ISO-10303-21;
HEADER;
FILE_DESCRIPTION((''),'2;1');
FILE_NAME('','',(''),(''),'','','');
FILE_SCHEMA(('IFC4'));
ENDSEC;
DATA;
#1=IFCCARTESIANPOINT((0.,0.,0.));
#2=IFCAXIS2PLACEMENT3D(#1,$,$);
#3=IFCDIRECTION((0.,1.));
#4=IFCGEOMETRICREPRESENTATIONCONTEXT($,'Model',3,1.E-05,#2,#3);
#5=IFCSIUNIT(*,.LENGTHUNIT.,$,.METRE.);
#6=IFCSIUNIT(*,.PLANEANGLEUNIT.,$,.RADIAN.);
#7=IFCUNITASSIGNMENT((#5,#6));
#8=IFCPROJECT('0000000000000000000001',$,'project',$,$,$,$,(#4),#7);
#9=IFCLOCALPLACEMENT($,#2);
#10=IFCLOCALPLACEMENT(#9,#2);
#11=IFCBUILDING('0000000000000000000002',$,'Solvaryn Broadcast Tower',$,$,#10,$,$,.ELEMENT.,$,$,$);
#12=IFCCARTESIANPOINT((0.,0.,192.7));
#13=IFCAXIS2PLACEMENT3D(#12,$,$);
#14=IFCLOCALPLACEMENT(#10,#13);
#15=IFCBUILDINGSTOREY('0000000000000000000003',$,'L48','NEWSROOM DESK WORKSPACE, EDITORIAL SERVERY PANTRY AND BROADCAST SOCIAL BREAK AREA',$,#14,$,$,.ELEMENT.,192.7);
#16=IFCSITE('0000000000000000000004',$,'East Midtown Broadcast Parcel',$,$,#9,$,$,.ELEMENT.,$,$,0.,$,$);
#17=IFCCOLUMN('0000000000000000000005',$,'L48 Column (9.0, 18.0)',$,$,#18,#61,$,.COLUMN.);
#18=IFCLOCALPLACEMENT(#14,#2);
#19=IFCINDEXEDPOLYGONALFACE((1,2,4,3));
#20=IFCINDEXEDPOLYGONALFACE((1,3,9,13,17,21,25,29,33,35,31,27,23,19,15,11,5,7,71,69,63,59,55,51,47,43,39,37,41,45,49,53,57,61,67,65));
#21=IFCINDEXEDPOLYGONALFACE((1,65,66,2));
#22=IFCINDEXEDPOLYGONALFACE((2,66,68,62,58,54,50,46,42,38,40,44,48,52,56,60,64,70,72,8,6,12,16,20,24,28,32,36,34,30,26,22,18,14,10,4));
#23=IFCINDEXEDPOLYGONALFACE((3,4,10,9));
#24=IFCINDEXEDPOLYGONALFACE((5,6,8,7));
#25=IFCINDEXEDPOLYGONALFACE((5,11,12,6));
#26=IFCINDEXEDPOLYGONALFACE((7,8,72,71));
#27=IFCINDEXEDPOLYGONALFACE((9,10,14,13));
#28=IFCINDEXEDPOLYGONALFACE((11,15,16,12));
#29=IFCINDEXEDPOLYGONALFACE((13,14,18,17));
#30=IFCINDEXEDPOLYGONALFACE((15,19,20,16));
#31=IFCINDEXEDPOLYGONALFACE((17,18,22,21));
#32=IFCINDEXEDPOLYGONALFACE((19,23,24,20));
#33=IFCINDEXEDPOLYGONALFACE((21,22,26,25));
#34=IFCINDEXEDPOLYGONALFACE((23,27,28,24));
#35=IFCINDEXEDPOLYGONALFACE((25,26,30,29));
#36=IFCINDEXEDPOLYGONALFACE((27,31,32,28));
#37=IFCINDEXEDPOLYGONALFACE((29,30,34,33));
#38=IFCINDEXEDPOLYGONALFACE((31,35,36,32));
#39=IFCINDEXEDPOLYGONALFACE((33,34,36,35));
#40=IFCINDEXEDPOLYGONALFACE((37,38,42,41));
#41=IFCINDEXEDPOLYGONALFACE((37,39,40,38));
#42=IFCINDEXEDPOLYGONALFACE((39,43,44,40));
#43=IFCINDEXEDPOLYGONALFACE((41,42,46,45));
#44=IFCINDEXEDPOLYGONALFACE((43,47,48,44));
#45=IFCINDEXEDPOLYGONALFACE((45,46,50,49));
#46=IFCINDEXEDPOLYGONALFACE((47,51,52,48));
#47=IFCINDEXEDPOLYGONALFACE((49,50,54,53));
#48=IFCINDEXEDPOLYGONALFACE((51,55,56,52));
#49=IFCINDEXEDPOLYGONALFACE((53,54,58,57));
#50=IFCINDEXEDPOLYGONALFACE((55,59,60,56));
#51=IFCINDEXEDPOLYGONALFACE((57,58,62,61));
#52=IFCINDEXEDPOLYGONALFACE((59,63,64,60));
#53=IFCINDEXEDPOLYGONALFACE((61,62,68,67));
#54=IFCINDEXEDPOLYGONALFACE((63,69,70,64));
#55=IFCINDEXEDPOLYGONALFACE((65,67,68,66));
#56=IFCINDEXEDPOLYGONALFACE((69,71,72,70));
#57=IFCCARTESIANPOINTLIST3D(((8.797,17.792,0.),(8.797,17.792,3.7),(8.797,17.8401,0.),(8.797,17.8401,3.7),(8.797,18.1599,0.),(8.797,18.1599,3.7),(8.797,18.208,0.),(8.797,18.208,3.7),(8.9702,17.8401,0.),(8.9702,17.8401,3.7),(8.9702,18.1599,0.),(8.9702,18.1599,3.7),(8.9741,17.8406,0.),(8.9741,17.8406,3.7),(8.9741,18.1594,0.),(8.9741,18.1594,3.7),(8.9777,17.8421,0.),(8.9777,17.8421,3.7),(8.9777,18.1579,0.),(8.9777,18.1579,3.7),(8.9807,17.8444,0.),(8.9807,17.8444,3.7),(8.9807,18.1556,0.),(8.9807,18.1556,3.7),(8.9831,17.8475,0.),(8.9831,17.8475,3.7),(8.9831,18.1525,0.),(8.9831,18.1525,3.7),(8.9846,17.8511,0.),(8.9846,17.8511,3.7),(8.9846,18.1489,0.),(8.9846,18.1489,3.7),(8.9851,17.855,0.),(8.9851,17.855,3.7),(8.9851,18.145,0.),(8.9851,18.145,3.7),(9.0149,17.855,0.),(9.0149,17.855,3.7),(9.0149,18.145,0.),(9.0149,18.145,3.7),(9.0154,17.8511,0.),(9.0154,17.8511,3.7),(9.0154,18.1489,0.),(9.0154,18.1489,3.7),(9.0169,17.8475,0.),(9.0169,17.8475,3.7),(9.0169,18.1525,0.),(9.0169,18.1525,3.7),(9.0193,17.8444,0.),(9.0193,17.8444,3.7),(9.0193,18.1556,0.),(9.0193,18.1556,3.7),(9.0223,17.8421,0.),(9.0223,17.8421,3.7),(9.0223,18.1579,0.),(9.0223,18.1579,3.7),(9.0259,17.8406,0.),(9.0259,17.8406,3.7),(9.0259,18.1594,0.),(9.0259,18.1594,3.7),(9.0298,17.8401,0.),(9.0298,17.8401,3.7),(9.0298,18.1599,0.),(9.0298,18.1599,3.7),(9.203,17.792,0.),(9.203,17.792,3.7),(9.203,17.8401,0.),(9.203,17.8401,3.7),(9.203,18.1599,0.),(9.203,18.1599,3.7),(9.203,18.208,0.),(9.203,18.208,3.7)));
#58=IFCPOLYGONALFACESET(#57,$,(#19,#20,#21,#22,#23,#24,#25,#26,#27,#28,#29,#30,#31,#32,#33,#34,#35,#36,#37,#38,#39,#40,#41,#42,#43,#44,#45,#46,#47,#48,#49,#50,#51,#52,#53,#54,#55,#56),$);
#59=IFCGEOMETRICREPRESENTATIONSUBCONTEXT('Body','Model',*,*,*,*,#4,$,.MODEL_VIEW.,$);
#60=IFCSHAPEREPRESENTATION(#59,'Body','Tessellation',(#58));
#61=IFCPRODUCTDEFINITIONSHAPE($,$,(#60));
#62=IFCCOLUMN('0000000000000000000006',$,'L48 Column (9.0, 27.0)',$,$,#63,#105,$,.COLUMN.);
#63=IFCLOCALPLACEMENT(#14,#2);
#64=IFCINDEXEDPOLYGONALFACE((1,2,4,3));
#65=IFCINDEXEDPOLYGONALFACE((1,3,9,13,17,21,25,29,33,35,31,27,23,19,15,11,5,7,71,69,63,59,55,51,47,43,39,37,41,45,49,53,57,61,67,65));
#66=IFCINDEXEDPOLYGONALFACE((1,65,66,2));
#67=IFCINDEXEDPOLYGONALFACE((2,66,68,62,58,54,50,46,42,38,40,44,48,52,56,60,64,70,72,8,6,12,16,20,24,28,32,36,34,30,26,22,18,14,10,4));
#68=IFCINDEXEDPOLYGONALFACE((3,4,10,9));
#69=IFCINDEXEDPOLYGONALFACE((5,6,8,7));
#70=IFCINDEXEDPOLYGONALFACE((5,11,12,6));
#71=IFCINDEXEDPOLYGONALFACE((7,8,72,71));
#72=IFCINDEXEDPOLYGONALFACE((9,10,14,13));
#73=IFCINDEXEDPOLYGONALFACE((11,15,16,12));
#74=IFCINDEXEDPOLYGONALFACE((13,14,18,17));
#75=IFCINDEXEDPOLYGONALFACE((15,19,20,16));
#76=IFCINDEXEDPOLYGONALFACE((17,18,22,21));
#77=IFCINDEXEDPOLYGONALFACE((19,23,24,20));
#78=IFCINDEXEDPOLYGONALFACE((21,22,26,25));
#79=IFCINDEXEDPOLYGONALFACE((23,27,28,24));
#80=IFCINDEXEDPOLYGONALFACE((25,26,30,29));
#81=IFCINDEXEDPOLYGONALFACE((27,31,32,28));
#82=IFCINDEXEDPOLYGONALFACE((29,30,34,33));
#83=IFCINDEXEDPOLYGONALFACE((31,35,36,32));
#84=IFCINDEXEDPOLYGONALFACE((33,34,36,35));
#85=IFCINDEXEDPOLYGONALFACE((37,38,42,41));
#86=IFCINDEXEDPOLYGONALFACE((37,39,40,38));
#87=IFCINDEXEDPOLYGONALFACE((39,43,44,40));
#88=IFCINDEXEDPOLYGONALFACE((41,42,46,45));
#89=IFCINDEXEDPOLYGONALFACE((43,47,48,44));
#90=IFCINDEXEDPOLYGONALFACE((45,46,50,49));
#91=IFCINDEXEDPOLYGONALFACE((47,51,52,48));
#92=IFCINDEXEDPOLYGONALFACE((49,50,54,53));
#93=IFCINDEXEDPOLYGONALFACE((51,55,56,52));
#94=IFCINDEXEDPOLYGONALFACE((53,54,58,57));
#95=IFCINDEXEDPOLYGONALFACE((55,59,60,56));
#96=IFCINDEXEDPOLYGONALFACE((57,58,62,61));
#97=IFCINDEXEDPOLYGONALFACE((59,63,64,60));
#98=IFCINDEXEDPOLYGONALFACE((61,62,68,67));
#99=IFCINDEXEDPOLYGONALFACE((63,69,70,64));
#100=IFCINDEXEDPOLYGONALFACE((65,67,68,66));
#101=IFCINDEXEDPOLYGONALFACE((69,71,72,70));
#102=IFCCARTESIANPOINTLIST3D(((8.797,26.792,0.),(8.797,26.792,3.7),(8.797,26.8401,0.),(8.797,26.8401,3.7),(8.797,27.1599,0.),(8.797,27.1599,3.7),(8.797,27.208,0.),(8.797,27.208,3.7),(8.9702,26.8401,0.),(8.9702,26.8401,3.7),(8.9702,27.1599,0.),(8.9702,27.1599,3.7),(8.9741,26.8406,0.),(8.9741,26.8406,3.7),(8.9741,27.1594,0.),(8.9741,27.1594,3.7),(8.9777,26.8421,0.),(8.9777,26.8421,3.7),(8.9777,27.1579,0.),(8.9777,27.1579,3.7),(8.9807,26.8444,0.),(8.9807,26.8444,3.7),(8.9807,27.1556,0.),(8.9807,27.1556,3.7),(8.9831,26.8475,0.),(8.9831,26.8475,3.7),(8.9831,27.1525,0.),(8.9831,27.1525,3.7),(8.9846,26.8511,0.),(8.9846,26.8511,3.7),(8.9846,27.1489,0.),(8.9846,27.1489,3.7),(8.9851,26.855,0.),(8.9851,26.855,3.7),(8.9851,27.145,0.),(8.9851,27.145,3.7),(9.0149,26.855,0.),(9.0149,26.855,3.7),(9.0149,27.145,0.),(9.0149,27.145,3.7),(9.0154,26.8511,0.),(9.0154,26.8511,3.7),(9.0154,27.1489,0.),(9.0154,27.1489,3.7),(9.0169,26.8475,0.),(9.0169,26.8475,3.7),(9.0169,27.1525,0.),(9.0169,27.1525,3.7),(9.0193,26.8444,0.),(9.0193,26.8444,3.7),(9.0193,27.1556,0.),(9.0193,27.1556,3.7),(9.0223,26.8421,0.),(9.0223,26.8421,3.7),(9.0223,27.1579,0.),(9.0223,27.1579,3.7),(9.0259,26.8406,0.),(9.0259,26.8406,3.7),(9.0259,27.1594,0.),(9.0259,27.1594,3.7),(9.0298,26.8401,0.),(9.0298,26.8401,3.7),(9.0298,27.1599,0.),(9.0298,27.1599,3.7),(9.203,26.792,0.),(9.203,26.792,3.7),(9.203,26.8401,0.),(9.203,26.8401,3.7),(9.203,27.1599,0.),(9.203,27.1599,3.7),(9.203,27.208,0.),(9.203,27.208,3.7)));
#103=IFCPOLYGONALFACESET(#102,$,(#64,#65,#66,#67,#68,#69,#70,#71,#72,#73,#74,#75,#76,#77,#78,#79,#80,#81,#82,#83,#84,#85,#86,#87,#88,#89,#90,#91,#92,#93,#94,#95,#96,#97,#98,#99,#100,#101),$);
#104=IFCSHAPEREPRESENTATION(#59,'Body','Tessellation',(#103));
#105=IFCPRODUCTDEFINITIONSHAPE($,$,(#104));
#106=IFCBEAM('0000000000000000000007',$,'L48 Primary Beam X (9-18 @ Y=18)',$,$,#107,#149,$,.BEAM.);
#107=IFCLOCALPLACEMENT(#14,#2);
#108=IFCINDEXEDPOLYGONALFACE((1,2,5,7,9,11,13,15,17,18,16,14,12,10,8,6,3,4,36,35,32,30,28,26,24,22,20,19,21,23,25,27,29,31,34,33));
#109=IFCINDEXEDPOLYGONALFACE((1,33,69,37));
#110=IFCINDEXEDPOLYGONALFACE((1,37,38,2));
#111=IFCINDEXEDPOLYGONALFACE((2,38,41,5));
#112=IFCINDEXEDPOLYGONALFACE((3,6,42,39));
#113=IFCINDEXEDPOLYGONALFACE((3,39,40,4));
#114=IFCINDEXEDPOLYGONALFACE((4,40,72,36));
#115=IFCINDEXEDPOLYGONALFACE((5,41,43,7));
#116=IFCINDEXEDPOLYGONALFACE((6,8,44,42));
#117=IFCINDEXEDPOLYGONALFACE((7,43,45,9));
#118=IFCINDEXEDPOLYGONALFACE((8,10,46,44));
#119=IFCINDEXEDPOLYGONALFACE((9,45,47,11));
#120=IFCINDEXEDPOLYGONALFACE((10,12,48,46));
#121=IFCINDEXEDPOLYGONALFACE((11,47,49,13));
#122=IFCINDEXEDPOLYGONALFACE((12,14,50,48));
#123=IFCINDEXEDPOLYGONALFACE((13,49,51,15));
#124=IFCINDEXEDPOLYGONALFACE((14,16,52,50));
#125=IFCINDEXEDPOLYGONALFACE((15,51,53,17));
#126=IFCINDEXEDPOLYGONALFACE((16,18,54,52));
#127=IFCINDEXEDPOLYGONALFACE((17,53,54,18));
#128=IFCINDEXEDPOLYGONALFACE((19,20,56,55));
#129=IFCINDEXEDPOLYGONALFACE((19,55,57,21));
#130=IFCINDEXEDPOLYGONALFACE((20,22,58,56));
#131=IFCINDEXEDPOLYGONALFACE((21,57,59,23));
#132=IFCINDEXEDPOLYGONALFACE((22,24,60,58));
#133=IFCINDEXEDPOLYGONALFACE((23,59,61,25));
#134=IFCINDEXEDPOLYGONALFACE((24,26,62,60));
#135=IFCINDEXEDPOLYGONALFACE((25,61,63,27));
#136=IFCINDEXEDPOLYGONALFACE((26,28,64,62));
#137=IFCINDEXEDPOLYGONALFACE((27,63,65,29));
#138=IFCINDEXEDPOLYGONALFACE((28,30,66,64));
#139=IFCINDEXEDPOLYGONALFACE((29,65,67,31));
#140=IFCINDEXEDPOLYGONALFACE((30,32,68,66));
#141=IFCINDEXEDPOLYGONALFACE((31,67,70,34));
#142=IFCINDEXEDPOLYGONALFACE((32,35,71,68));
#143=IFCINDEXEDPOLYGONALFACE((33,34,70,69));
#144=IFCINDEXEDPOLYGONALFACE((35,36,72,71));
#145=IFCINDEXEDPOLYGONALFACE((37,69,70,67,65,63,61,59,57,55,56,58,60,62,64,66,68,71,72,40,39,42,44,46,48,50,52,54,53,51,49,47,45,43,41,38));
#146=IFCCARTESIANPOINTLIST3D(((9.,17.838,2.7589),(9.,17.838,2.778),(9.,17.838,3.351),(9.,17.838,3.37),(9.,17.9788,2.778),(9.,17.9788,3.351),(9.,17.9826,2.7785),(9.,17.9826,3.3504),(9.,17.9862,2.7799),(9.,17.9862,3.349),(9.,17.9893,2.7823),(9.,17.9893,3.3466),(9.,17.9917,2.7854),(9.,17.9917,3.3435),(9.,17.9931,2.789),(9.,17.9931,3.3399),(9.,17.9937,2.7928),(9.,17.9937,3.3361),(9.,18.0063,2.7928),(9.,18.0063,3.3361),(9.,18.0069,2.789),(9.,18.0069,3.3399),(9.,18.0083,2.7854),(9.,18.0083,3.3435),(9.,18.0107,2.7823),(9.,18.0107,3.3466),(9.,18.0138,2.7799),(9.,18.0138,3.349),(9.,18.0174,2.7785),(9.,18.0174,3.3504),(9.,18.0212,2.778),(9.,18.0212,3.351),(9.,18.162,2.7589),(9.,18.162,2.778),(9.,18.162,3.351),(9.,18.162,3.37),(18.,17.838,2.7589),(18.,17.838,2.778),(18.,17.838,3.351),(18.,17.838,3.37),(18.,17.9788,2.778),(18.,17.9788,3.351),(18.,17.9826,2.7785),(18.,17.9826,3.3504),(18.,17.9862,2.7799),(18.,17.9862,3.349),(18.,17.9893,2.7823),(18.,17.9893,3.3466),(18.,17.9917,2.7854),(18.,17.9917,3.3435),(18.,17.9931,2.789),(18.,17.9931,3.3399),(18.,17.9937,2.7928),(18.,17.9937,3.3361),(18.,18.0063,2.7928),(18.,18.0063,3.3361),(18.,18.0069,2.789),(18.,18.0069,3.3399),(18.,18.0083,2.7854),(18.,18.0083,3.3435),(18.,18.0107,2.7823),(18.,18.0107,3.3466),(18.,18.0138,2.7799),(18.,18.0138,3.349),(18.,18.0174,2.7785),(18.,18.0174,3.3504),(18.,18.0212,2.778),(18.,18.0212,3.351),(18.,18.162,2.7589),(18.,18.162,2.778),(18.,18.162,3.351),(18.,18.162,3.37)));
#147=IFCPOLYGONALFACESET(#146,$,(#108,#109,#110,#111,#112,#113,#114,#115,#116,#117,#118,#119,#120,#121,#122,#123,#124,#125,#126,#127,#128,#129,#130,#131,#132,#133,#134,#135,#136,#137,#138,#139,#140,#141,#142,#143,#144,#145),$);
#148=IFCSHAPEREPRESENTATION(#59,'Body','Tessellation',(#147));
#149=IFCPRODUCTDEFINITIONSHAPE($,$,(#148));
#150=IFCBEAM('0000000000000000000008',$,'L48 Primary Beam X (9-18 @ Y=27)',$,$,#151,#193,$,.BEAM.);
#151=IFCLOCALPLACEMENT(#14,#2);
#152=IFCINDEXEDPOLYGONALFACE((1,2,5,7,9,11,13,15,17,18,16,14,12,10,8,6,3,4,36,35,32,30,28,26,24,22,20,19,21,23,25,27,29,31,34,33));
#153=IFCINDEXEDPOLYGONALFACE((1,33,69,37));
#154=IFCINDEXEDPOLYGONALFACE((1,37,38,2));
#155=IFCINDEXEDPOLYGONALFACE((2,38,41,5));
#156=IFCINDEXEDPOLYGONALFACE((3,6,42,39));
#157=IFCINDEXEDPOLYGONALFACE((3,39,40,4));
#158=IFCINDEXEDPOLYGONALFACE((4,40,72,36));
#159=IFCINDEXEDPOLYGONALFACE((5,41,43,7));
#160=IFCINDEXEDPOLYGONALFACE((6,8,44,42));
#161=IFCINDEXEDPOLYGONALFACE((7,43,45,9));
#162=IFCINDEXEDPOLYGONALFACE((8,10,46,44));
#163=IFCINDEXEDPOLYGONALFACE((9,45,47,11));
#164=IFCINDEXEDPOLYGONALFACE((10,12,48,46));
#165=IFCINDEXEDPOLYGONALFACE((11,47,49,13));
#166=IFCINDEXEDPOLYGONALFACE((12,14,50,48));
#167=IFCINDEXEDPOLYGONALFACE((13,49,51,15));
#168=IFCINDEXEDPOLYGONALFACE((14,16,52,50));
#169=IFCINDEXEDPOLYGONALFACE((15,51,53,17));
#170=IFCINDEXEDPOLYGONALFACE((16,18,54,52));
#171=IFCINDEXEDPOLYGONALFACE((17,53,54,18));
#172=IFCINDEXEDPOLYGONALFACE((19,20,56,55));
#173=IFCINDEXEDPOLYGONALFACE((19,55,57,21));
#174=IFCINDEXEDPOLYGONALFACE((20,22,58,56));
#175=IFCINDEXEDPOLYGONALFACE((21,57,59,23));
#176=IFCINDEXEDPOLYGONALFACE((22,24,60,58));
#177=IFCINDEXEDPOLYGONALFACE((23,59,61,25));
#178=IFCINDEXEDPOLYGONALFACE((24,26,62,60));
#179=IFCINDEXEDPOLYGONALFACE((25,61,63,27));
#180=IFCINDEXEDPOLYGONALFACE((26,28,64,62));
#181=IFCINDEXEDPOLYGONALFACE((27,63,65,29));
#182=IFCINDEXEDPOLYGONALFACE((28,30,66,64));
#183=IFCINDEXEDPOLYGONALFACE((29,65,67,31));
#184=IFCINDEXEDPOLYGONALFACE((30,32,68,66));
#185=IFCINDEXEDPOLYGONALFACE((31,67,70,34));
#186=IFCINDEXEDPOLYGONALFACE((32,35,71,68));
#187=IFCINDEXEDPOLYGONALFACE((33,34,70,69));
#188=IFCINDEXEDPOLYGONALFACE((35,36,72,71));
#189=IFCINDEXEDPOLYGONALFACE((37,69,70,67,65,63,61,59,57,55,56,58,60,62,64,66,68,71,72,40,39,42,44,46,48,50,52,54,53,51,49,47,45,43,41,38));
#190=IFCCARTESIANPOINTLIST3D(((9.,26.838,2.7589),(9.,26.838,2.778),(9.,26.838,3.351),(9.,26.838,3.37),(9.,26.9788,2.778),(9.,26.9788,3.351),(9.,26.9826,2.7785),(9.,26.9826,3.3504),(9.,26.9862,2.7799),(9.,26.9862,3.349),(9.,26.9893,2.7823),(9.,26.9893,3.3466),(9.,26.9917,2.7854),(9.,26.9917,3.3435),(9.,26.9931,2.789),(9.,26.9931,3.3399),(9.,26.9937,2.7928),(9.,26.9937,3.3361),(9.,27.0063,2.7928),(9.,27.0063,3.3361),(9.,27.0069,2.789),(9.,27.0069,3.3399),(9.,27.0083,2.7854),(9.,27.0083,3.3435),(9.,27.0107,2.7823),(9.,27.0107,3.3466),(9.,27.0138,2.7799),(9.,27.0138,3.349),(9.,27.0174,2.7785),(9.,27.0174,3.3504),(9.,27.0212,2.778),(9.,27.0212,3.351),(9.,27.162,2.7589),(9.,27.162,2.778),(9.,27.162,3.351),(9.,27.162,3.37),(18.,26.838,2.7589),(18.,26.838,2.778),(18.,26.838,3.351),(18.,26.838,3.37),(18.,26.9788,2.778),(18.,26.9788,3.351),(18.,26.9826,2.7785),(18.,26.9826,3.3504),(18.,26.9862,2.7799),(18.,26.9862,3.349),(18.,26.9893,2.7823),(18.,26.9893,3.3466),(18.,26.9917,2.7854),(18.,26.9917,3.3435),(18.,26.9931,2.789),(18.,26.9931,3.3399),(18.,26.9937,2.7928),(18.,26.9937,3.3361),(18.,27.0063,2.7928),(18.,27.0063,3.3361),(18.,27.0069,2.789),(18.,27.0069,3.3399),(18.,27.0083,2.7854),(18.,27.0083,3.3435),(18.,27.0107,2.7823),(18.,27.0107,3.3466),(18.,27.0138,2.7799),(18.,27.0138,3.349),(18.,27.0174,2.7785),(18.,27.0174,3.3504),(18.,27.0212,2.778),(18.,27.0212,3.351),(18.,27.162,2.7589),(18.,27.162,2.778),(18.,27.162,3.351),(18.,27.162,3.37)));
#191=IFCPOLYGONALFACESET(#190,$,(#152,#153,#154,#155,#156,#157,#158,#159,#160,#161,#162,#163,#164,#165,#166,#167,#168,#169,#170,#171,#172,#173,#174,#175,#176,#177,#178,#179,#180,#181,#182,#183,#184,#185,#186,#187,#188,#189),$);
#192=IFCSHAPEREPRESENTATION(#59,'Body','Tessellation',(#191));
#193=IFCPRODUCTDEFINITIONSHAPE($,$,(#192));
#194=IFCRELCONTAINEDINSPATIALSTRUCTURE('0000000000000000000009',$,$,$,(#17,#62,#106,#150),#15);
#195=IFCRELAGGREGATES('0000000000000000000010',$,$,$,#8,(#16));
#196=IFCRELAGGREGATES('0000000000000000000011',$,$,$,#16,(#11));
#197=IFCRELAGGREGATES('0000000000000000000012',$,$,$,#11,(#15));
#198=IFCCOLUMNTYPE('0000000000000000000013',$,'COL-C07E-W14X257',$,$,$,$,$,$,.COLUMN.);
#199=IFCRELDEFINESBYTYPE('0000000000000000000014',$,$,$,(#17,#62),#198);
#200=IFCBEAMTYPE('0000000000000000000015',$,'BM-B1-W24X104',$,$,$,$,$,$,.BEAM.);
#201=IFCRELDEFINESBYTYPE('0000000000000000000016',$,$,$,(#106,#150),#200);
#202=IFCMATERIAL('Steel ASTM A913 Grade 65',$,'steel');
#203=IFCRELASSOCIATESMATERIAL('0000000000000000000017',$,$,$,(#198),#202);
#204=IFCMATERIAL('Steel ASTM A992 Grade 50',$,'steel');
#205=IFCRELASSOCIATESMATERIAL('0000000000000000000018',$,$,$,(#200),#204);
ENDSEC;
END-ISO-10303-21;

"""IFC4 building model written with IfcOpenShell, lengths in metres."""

from ifc_helpers import new_model, si_unit, direction, frame, origin, origin_2d, place, context, subcontext, project, spatial, i_section, extrude, material, material_profile, profile_set, type_object, element, save


model = new_model("IFC4")

# Units and contexts
model_context = context("Model", 3, precision=1e-05, world=origin(), true_north=direction((0.0, 1.0)))
body_context = subcontext(model_context, "Body", "Model", "MODEL_VIEW")
ifc_project = project(units=[si_unit("LENGTHUNIT", "METRE"), si_unit("PLANEANGLEUNIT", "RADIAN")], contexts=[model_context])

# Site, building, storey
site_placement = place(None, origin())
site = spatial("IfcSite", under=ifc_project, at=site_placement, Name="East Midtown Broadcast Parcel", CompositionType="ELEMENT", RefElevation=0.0)
building_placement = place(site_placement, origin())
building = spatial("IfcBuilding", under=site, at=building_placement, Name="Solvaryn Broadcast Tower", CompositionType="ELEMENT")
storey_placement = place(building_placement, frame((0.0, 0.0, 192.7)))
storey = spatial("IfcBuildingStorey", under=building, at=storey_placement, Name="L48", Description="NEWSROOM DESK WORKSPACE, EDITORIAL SERVERY PANTRY AND BROADCAST SOCIAL BREAK AREA", CompositionType="ELEMENT", Elevation=192.7)

# Columns
ifc_material_1 = material(Name="Steel ASTM A913 Grade 65", Category="steel")
ifc_material_profile_1 = material_profile(ifc_material_1, i_section(OverallWidth=0.406, OverallDepth=0.416, WebThickness=0.0298, FlangeThickness=0.0481, FilletRadius=0.0149, at=origin_2d()))
ifc_profile_set_1 = profile_set([ifc_material_profile_1], Name="Steel ASTM A913 Grade 65")
column_type = type_object("IfcColumnType", Name="COL-C07E-W14X257", PredefinedType="COLUMN", material=ifc_profile_set_1)
for number, where, z_axis, x_axis, name in (
    (1, (9.0, 18.0, 0.0), (0.0, 0.0, 1.0), (1.0, 0.0, 0.0), "L48 Column (9.0, 18.0)"),
    (2, (9.0, 27.0, 0.0), (0.0, 0.0, 1.0), (1.0, 0.0, 0.0), "L48 Column (9.0, 27.0)"),
):
    element("IfcColumn", number, at=place(storey_placement, frame(where, z_axis=z_axis, x_axis=x_axis)), inside=storey, type_object=column_type, Name=name, PredefinedType="COLUMN", context=body_context, shape_type="SweptSolid", body=[
        extrude(i_section(OverallWidth=0.406, OverallDepth=0.416, WebThickness=0.0298, FlangeThickness=0.0481, FilletRadius=0.0149, at=origin_2d()), origin(), (0.0, 0.0, 1.0), 3.7),
    ])

# Beams
ifc_material_2 = material(Name="Steel ASTM A992 Grade 50", Category="steel")
ifc_material_profile_2 = material_profile(ifc_material_2, i_section(OverallWidth=0.324, OverallDepth=0.6111, WebThickness=0.0127, FlangeThickness=0.019, FilletRadius=0.0149, at=origin_2d()))
ifc_profile_set_2 = profile_set([ifc_material_profile_2], Name="Steel ASTM A992 Grade 50")
beam_type_1 = type_object("IfcBeamType", Name="BM-B1-W24X104", PredefinedType="BEAM", material=ifc_profile_set_2)
for number, where, z_axis, x_axis, name in (
    (3, (9.0, 18.0, 3.0645), (1.0, 0.0, 0.0), (0.0, 1.0, 0.0), "L48 Primary Beam X (9-18 @ Y=18)"),
    (4, (9.0, 27.0, 3.0645), (1.0, 0.0, 0.0), (0.0, 1.0, 0.0), "L48 Primary Beam X (9-18 @ Y=27)"),
):
    element("IfcBeam", number, at=place(storey_placement, frame(where, z_axis=z_axis, x_axis=x_axis)), inside=storey, type_object=beam_type_1, Name=name, PredefinedType="BEAM", context=body_context, shape_type="SweptSolid", body=[
        extrude(i_section(OverallWidth=0.324, OverallDepth=0.6111, WebThickness=0.0127, FlangeThickness=0.019, FilletRadius=0.0149, at=origin_2d()), origin(), (0.0, 0.0, 1.0), 9.0),
    ])

save(model, "model.ifc")
